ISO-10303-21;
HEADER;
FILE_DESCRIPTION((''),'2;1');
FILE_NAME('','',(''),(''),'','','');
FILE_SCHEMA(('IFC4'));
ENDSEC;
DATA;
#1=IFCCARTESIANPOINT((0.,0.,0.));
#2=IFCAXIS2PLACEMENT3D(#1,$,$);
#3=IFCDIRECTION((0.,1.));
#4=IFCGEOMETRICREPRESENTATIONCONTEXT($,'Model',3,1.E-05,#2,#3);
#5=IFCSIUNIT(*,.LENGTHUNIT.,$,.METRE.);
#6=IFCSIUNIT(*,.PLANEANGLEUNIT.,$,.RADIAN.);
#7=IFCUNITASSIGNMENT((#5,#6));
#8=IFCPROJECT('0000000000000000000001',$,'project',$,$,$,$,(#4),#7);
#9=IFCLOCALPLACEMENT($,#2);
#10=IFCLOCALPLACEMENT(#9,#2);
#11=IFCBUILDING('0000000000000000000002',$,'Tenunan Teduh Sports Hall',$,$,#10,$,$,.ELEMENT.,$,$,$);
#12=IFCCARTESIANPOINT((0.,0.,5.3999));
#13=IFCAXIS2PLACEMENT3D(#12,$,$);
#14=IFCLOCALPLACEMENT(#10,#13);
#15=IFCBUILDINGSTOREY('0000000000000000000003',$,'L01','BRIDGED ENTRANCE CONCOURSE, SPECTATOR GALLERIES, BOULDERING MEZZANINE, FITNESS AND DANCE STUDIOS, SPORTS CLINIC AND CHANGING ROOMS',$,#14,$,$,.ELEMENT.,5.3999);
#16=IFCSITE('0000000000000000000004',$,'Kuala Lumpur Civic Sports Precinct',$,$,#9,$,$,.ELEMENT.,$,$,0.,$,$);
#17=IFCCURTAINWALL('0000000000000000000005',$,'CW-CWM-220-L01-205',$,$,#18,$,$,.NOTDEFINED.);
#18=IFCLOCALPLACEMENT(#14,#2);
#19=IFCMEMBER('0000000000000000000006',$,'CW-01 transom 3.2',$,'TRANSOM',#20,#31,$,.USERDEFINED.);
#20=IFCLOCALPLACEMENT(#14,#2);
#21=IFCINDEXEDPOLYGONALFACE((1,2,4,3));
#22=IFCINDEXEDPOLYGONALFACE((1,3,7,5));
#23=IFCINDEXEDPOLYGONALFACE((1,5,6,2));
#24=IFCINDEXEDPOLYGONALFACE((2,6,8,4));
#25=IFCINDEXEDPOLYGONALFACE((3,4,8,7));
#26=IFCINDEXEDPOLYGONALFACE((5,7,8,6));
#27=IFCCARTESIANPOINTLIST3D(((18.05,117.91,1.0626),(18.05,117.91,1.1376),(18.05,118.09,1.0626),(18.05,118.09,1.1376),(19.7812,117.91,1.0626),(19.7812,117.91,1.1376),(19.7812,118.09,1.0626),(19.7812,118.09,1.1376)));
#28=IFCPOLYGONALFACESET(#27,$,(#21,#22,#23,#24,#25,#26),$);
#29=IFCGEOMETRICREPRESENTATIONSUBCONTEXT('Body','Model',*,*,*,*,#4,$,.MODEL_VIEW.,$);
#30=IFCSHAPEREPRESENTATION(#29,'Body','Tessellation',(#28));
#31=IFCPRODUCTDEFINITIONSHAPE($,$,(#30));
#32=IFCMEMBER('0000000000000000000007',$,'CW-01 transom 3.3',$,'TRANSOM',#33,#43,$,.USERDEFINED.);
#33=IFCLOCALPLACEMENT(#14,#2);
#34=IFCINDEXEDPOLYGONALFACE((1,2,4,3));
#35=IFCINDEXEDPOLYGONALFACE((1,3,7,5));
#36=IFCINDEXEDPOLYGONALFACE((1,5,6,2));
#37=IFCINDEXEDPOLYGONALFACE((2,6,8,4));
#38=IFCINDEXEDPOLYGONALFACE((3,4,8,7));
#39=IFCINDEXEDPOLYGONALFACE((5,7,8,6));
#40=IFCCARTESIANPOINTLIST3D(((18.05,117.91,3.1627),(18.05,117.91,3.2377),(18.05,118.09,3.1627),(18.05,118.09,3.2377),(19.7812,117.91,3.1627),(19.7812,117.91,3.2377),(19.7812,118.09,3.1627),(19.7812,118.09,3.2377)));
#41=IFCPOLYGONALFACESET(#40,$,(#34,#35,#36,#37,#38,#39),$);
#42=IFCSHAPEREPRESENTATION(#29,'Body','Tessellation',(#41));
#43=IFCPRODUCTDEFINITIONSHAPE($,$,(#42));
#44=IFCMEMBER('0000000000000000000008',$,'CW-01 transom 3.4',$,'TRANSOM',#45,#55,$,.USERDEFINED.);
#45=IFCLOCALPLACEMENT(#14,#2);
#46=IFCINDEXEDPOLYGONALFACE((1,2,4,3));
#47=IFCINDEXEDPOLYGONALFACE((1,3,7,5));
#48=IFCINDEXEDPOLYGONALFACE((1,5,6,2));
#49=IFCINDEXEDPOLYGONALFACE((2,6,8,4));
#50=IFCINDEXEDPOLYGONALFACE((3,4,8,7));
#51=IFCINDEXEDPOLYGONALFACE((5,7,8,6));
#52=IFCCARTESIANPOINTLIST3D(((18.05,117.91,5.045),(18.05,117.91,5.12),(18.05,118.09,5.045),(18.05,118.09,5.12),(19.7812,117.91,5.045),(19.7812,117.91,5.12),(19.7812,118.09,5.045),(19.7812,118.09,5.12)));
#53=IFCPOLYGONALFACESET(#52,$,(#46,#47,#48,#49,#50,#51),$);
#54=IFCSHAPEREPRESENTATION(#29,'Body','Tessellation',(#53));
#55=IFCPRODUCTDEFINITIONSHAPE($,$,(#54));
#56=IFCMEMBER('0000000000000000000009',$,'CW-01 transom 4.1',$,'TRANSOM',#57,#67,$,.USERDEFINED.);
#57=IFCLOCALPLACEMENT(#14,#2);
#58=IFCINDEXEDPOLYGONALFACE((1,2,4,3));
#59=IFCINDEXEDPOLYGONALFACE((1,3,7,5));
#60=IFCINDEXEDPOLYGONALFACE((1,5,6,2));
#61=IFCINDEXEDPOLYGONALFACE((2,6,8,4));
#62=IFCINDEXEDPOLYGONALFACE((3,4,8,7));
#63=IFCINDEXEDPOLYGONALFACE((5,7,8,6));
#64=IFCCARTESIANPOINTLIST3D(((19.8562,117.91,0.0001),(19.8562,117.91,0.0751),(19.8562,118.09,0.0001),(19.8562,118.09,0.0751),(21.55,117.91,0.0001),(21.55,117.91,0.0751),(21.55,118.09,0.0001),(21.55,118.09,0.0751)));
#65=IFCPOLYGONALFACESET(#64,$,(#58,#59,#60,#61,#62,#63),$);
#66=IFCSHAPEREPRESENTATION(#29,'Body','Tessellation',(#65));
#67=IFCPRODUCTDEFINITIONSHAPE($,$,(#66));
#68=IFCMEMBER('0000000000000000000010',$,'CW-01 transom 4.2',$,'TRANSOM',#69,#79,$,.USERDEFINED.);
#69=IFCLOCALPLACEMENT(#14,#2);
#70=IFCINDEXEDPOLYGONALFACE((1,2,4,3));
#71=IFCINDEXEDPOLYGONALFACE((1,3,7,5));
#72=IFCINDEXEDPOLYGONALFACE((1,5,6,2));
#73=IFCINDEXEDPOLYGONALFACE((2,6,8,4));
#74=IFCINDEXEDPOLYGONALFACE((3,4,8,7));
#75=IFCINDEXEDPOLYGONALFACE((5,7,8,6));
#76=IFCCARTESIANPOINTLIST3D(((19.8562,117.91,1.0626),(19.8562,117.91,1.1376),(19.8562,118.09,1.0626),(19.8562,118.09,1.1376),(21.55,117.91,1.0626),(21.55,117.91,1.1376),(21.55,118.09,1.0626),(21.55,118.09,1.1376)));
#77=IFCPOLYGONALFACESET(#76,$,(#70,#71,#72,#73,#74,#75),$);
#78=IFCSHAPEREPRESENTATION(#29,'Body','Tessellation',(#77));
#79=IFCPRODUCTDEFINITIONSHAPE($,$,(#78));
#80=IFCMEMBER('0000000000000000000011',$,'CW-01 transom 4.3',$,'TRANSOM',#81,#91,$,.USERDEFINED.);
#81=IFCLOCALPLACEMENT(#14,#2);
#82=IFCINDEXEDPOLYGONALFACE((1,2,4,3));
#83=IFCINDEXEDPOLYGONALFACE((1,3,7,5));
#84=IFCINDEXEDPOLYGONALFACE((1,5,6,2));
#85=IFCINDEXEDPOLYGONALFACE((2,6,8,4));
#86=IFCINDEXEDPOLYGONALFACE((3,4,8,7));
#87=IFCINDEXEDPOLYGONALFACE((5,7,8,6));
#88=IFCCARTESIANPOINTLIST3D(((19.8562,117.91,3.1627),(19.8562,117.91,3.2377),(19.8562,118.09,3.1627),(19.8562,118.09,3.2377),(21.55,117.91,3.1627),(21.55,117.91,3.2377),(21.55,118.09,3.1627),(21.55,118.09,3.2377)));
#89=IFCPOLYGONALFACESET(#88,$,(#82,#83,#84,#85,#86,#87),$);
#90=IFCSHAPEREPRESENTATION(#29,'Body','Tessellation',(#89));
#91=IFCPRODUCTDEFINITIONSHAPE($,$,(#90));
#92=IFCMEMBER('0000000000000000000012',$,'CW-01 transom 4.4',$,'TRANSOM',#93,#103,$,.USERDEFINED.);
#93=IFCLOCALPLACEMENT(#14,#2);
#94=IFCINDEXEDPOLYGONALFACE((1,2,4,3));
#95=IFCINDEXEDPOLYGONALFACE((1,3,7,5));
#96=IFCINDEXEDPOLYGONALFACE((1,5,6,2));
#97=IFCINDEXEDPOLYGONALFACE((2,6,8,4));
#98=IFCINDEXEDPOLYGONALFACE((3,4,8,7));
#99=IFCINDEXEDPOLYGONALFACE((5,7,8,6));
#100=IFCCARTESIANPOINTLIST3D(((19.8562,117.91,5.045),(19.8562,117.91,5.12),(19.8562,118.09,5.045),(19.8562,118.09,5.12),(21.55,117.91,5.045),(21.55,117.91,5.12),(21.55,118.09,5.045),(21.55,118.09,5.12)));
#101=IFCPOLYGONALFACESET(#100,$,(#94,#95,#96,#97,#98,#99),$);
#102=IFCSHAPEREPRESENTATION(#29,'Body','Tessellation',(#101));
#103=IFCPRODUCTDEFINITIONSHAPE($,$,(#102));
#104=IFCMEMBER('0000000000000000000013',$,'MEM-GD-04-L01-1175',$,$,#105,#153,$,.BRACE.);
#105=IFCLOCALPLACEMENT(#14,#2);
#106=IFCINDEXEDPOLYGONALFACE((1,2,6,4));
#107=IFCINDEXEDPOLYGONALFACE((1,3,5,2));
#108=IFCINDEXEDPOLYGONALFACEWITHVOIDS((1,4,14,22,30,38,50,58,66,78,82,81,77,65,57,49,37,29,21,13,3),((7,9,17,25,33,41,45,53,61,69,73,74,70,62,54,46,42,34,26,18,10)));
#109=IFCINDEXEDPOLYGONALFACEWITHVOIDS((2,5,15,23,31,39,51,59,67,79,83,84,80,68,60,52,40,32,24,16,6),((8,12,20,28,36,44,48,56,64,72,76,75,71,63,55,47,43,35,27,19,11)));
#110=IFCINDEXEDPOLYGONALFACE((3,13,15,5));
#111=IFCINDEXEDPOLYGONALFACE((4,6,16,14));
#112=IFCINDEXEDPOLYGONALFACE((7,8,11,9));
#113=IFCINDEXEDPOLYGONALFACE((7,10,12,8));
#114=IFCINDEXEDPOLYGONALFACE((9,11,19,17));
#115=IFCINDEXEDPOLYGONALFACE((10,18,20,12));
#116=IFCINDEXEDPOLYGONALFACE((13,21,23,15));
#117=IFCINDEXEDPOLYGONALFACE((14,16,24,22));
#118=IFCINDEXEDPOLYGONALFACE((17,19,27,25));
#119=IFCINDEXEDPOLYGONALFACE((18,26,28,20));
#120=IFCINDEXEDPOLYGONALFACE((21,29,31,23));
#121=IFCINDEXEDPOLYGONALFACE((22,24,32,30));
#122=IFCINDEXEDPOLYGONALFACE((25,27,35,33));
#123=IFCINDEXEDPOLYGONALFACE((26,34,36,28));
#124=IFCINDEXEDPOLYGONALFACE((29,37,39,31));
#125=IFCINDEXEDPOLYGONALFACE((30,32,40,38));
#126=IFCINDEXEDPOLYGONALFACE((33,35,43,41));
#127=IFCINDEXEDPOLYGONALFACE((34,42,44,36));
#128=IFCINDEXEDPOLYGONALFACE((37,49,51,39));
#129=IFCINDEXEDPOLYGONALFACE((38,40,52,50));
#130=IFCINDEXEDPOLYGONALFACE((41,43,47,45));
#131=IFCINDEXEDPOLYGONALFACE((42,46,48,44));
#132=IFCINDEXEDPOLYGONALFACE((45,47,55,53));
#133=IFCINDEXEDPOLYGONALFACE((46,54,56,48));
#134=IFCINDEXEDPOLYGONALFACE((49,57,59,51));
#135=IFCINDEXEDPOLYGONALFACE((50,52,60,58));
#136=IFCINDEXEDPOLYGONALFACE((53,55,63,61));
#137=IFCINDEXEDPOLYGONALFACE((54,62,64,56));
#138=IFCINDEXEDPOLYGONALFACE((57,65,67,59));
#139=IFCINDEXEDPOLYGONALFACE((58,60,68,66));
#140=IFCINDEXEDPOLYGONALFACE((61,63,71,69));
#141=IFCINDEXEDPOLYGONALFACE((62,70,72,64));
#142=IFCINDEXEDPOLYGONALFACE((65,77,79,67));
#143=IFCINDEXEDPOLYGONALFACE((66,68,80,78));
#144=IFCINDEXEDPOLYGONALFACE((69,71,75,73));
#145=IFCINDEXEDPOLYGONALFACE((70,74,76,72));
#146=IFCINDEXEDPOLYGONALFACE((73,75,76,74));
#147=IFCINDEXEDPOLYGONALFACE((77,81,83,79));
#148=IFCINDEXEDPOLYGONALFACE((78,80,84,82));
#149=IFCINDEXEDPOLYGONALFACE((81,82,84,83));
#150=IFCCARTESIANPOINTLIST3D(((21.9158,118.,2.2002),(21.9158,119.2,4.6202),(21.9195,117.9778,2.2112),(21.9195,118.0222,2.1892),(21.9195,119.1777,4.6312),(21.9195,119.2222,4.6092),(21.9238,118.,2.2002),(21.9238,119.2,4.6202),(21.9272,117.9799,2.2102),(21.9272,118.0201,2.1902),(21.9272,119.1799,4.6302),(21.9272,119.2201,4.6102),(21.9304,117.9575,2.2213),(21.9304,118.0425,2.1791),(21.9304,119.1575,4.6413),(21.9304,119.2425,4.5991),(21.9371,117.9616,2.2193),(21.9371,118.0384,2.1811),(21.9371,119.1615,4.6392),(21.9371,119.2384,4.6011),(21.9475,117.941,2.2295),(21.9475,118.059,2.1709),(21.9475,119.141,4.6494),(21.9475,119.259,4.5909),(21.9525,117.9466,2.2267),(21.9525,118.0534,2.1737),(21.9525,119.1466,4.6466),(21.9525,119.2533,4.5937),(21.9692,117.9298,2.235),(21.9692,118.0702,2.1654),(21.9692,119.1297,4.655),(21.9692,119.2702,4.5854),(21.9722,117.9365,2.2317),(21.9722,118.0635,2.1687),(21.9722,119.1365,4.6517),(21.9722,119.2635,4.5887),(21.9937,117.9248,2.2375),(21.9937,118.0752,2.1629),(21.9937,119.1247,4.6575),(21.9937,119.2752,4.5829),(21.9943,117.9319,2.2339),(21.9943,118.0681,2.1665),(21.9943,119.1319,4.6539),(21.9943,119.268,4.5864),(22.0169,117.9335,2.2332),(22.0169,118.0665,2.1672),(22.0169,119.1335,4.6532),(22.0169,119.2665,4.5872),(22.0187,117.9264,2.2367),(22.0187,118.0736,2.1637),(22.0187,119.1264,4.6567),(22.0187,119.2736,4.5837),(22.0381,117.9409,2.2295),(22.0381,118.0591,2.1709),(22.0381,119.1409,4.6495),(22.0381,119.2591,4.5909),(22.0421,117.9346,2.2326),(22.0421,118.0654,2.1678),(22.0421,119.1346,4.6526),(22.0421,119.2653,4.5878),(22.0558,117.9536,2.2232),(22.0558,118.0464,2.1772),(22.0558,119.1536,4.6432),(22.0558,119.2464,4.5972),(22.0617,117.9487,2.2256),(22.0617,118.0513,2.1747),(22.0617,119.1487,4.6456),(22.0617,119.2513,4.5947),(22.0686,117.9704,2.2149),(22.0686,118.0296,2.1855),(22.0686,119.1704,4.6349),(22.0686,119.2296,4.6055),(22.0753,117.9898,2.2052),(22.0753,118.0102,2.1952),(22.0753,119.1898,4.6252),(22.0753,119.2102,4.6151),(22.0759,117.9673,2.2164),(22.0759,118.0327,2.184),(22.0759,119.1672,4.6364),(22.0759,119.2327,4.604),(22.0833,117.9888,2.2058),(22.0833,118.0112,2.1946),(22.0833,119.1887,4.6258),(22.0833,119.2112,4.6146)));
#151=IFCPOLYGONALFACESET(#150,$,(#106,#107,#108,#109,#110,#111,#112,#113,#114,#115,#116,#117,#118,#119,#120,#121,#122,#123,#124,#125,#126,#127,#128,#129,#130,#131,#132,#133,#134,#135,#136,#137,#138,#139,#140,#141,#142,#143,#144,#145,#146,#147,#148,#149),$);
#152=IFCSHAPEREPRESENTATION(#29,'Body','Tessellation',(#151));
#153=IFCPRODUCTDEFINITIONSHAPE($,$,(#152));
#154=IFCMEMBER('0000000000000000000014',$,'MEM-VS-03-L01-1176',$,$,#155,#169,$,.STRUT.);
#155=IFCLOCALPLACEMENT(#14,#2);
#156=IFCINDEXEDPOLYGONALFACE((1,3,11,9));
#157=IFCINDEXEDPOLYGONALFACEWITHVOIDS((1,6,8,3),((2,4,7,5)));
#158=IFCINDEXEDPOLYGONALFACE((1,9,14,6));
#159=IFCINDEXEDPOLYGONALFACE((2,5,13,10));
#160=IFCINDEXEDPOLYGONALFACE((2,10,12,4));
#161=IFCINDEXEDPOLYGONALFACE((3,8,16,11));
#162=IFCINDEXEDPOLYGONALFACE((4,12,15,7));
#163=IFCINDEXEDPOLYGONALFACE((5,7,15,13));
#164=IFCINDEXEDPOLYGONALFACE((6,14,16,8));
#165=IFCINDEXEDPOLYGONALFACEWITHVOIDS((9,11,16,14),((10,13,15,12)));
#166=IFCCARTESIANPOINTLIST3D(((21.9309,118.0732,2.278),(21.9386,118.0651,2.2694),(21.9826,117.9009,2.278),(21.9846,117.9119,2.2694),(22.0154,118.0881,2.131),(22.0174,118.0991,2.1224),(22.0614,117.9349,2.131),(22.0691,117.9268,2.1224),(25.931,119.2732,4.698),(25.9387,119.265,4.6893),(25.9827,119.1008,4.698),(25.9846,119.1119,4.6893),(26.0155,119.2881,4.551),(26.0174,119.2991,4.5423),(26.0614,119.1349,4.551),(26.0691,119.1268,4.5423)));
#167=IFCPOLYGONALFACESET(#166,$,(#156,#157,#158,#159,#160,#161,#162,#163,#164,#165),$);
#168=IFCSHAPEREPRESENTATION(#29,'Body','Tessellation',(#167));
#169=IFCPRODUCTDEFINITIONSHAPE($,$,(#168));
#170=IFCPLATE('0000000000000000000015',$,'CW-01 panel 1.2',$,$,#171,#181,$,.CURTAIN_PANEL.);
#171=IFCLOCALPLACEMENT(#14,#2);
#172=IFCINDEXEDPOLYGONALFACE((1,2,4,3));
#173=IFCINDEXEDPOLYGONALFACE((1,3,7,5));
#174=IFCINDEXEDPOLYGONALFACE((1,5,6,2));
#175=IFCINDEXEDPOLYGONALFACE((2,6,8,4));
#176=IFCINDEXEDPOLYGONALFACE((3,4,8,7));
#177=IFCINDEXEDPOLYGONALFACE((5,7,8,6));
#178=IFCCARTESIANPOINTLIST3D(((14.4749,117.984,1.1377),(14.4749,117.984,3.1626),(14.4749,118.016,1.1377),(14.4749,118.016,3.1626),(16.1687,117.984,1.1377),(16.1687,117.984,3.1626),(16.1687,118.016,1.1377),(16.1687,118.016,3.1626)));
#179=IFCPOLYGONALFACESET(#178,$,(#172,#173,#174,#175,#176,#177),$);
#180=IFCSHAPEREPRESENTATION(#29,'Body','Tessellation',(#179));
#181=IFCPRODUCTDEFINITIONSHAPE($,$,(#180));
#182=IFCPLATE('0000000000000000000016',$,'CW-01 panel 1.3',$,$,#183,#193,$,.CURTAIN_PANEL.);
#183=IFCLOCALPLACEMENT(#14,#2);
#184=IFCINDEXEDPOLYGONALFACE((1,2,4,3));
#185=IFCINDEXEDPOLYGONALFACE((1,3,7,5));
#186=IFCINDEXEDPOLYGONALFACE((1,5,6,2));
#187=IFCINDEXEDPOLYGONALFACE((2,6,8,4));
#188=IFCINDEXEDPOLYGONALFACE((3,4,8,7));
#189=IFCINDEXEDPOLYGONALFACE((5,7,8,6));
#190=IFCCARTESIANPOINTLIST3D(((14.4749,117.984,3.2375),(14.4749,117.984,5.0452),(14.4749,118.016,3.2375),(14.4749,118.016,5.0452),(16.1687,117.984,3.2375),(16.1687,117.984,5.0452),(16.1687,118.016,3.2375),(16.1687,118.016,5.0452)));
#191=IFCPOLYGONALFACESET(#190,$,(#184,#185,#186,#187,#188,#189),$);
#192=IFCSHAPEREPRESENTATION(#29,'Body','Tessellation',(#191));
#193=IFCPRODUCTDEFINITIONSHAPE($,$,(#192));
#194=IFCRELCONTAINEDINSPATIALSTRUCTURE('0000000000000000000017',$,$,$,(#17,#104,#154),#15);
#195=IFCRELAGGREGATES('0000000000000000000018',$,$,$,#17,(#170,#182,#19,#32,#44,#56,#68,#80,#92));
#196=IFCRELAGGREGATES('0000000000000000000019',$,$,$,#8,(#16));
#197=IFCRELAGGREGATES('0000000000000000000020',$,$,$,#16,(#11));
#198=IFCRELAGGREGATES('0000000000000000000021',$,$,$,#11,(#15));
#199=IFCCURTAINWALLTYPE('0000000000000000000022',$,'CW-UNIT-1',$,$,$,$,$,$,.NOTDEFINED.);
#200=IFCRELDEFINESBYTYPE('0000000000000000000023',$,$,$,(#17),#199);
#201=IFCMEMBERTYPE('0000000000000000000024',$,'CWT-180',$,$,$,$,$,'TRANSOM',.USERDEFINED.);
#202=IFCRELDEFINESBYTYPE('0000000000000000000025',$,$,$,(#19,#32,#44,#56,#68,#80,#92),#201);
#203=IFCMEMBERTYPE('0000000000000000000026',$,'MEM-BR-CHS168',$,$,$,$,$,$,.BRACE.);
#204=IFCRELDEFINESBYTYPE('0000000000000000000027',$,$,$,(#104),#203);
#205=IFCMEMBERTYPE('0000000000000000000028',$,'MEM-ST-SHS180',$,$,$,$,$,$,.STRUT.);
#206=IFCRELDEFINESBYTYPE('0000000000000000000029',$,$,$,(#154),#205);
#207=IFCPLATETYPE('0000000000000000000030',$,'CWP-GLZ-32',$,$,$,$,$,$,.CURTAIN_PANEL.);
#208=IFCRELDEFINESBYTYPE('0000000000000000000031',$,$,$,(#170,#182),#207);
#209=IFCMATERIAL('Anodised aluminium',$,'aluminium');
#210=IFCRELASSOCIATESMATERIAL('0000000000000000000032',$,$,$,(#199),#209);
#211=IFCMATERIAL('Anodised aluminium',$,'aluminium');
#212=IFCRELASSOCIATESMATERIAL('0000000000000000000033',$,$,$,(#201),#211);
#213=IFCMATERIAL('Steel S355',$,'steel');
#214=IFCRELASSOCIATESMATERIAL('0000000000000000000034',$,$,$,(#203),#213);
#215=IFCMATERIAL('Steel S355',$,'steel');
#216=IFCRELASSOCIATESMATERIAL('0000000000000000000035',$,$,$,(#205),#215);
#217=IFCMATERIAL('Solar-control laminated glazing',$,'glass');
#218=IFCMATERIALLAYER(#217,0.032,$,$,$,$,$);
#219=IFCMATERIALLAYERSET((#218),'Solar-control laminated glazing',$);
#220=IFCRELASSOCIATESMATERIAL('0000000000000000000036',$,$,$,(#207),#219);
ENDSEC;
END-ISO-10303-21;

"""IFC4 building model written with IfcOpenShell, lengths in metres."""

from ifc_helpers import new_model, si_unit, direction, frame, origin, origin_2d, place, context, subcontext, project, spatial, rectangle, hollow_rectangle, hollow_circle, extrude, material, layer, layer_set, material_profile, profile_set, type_object, element, aggregate, save


model = new_model("IFC4")

# Units and contexts
model_context = context("Model", 3, precision=1e-05, world=origin(), true_north=direction((0.0, 1.0)))
body_context = subcontext(model_context, "Body", "Model", "MODEL_VIEW")
ifc_project = project(units=[si_unit("LENGTHUNIT", "METRE"), si_unit("PLANEANGLEUNIT", "RADIAN")], contexts=[model_context])

# Site, building, storey
site_placement = place(None, origin())
site = spatial("IfcSite", under=ifc_project, at=site_placement, Name="Kuala Lumpur Civic Sports Precinct", CompositionType="ELEMENT", RefElevation=0.0)
building_placement = place(site_placement, origin())
building = spatial("IfcBuilding", under=site, at=building_placement, Name="Tenunan Teduh Sports Hall", CompositionType="ELEMENT")
storey_placement = place(building_placement, frame((0.0, 0.0, 5.3999)))
storey = spatial("IfcBuildingStorey", under=building, at=storey_placement, Name="L01", Description="BRIDGED ENTRANCE CONCOURSE, SPECTATOR GALLERIES, BOULDERING MEZZANINE, FITNESS AND DANCE STUDIOS, SPORTS CLINIC AND CHANGING ROOMS", CompositionType="ELEMENT", Elevation=5.3999)

# Curtain wall, members
ifc_material_1 = material(Name="Anodised aluminium", Category="aluminium")
curtain_wall_type = type_object("IfcCurtainWallType", Name="CW-UNIT-1", PredefinedType="NOTDEFINED", material=ifc_material_1)
curtain_wall_placement = place(storey_placement, origin())
curtain_wall = element("IfcCurtainWall", 1, at=curtain_wall_placement, inside=storey, type_object=curtain_wall_type, Name="CW-CWM-220-L01-205", PredefinedType="NOTDEFINED")
ifc_material_2 = material(Name="Anodised aluminium", Category="aluminium")
ifc_material_profile_1 = material_profile(ifc_material_2, rectangle(XDim=0.075, YDim=0.1799, at=origin_2d()), Name="CWT 75x180")
ifc_profile_set_1 = profile_set([ifc_material_profile_1], Name="Anodised aluminium")
member_type_1 = type_object("IfcMemberType", Name="CWT-180", ElementType="TRANSOM", PredefinedType="USERDEFINED", material=ifc_profile_set_1)
member_1_placement = place(storey_placement, frame((18.05, 118.0, 1.1001), z_axis=(1.0, 0.0, 0.0), x_axis=(0.0, 0.0, 1.0)))
member_1 = element("IfcMember", 2, at=member_1_placement, type_object=member_type_1, Name="CW-01 transom 3.2", ObjectType="TRANSOM", PredefinedType="USERDEFINED", context=body_context, shape_type="SweptSolid", body=[
    extrude(rectangle(XDim=0.075, YDim=0.1799, at=origin_2d()), origin(), (0.0, 0.0, 1.0), 1.7312),
])
member_2_placement = place(storey_placement, frame((18.05, 118.0, 3.2002), z_axis=(1.0, 0.0, 0.0), x_axis=(0.0, 0.0, 1.0)))
member_2 = element("IfcMember", 3, at=member_2_placement, type_object=member_type_1, Name="CW-01 transom 3.3", ObjectType="TRANSOM", PredefinedType="USERDEFINED", context=body_context, shape_type="SweptSolid", body=[
    extrude(rectangle(XDim=0.075, YDim=0.1799, at=origin_2d()), origin(), (0.0, 0.0, 1.0), 1.7312),
])
member_3_placement = place(storey_placement, frame((18.05, 118.0, 5.0825), z_axis=(1.0, 0.0, 0.0), x_axis=(0.0, 0.0, 1.0)))
member_3 = element("IfcMember", 4, at=member_3_placement, type_object=member_type_1, Name="CW-01 transom 3.4", ObjectType="TRANSOM", PredefinedType="USERDEFINED", context=body_context, shape_type="SweptSolid", body=[
    extrude(rectangle(XDim=0.075, YDim=0.1799, at=origin_2d()), origin(), (0.0, 0.0, 1.0), 1.7312),
])
member_4_placement = place(storey_placement, frame((19.8562, 118.0, 0.0376), z_axis=(1.0, 0.0, 0.0), x_axis=(0.0, 0.0, 1.0)))
member_4 = element("IfcMember", 5, at=member_4_placement, type_object=member_type_1, Name="CW-01 transom 4.1", ObjectType="TRANSOM", PredefinedType="USERDEFINED", context=body_context, shape_type="SweptSolid", body=[
    extrude(rectangle(XDim=0.075, YDim=0.1799, at=origin_2d()), origin(), (0.0, 0.0, 1.0), 1.6938),
])
member_5_placement = place(storey_placement, frame((19.8562, 118.0, 1.1001), z_axis=(1.0, 0.0, 0.0), x_axis=(0.0, 0.0, 1.0)))
member_5 = element("IfcMember", 6, at=member_5_placement, type_object=member_type_1, Name="CW-01 transom 4.2", ObjectType="TRANSOM", PredefinedType="USERDEFINED", context=body_context, shape_type="SweptSolid", body=[
    extrude(rectangle(XDim=0.075, YDim=0.1799, at=origin_2d()), origin(), (0.0, 0.0, 1.0), 1.6938),
])
member_6_placement = place(storey_placement, frame((19.8562, 118.0, 3.2002), z_axis=(1.0, 0.0, 0.0), x_axis=(0.0, 0.0, 1.0)))
member_6 = element("IfcMember", 7, at=member_6_placement, type_object=member_type_1, Name="CW-01 transom 4.3", ObjectType="TRANSOM", PredefinedType="USERDEFINED", context=body_context, shape_type="SweptSolid", body=[
    extrude(rectangle(XDim=0.075, YDim=0.1799, at=origin_2d()), origin(), (0.0, 0.0, 1.0), 1.6938),
])
member_7_placement = place(storey_placement, frame((19.8562, 118.0, 5.0825), z_axis=(1.0, 0.0, 0.0), x_axis=(0.0, 0.0, 1.0)))
member_7 = element("IfcMember", 8, at=member_7_placement, type_object=member_type_1, Name="CW-01 transom 4.4", ObjectType="TRANSOM", PredefinedType="USERDEFINED", context=body_context, shape_type="SweptSolid", body=[
    extrude(rectangle(XDim=0.075, YDim=0.1799, at=origin_2d()), origin(), (0.0, 0.0, 1.0), 1.6938),
])

# Members
ifc_material_3 = material(Name="Steel S355", Category="steel")
ifc_material_profile_2 = material_profile(ifc_material_3, hollow_circle(Radius=0.0842, WallThickness=0.0081, at=origin_2d()), Name="CHS 168.3x8.0")
ifc_profile_set_2 = profile_set([ifc_material_profile_2], Name="Steel S355")
member_type_2 = type_object("IfcMemberType", Name="MEM-BR-CHS168", PredefinedType="BRACE", material=ifc_profile_set_2)
member_8_placement = place(storey_placement, frame((22.0, 118.0, 2.2002), z_axis=(0.0, 0.444246, 0.895905), x_axis=(-1.0, 0.0, 0.0)))
element("IfcMember", 9, at=member_8_placement, inside=storey, type_object=member_type_2, Name="MEM-GD-04-L01-1175", PredefinedType="BRACE", context=body_context, shape_type="SweptSolid", body=[
    extrude(hollow_circle(Radius=0.0842, WallThickness=0.0081, at=origin_2d()), origin(), (0.0, 0.0, 1.0), 2.7012),
])
ifc_material_4 = material(Name="Steel S355", Category="steel")
ifc_material_profile_3 = material_profile(ifc_material_4, hollow_rectangle(XDim=0.1799, YDim=0.1799, WallThickness=0.01, at=origin_2d()), Name="SHS 180x180x10.0")
ifc_profile_set_3 = profile_set([ifc_material_profile_3], Name="Steel S355")
member_type_3 = type_object("IfcMemberType", Name="MEM-ST-SHS180", PredefinedType="STRUT", material=ifc_profile_set_3)
member_9_placement = place(storey_placement, frame((22.0, 118.0, 2.2002), z_axis=(0.828744, 0.248613, 0.501374), x_axis=(-0.287337, 0.95783, 0.0)))
element("IfcMember", 10, at=member_9_placement, inside=storey, type_object=member_type_3, Name="MEM-VS-03-L01-1176", PredefinedType="STRUT", context=body_context, shape_type="SweptSolid", body=[
    extrude(hollow_rectangle(XDim=0.1799, YDim=0.1799, WallThickness=0.01, at=origin_2d()), origin(), (0.0, 0.0, 1.0), 4.8267),
])

# Plates
ifc_material_5 = material(Name="Solar-control laminated glazing", Category="glass")
ifc_layer_1 = layer(ifc_material_5, 0.032)
ifc_layer_set_1 = layer_set([ifc_layer_1], Name="Solar-control laminated glazing")
plate_type_1 = type_object("IfcPlateType", Name="CWP-GLZ-32", PredefinedType="CURTAIN_PANEL", material=ifc_layer_set_1)
plate_1_placement = place(storey_placement, frame((15.3218, 118.0, 1.1377), z_axis=(0.0, 0.0, 1.0), x_axis=(1.0, 0.0, 0.0)))
plate_1 = element("IfcPlate", 11, at=plate_1_placement, type_object=plate_type_1, Name="CW-01 panel 1.2", PredefinedType="CURTAIN_PANEL", context=body_context, shape_type="SweptSolid", body=[
    extrude(rectangle(XDim=1.6938, YDim=0.032, at=origin_2d()), origin(), (0.0, 0.0, 1.0), 2.0249),
])
plate_2_placement = place(storey_placement, frame((15.3218, 118.0, 3.2375), z_axis=(0.0, 0.0, 1.0), x_axis=(1.0, 0.0, 0.0)))
plate_2 = element("IfcPlate", 12, at=plate_2_placement, type_object=plate_type_1, Name="CW-01 panel 1.3", PredefinedType="CURTAIN_PANEL", context=body_context, shape_type="SweptSolid", body=[
    extrude(rectangle(XDim=1.6938, YDim=0.032, at=origin_2d()), origin(), (0.0, 0.0, 1.0), 1.8076),
])
aggregate(curtain_wall, [plate_1, plate_2, member_1, member_2, member_3, member_4, member_5, member_6, member_7])

save(model, "model.ifc")
